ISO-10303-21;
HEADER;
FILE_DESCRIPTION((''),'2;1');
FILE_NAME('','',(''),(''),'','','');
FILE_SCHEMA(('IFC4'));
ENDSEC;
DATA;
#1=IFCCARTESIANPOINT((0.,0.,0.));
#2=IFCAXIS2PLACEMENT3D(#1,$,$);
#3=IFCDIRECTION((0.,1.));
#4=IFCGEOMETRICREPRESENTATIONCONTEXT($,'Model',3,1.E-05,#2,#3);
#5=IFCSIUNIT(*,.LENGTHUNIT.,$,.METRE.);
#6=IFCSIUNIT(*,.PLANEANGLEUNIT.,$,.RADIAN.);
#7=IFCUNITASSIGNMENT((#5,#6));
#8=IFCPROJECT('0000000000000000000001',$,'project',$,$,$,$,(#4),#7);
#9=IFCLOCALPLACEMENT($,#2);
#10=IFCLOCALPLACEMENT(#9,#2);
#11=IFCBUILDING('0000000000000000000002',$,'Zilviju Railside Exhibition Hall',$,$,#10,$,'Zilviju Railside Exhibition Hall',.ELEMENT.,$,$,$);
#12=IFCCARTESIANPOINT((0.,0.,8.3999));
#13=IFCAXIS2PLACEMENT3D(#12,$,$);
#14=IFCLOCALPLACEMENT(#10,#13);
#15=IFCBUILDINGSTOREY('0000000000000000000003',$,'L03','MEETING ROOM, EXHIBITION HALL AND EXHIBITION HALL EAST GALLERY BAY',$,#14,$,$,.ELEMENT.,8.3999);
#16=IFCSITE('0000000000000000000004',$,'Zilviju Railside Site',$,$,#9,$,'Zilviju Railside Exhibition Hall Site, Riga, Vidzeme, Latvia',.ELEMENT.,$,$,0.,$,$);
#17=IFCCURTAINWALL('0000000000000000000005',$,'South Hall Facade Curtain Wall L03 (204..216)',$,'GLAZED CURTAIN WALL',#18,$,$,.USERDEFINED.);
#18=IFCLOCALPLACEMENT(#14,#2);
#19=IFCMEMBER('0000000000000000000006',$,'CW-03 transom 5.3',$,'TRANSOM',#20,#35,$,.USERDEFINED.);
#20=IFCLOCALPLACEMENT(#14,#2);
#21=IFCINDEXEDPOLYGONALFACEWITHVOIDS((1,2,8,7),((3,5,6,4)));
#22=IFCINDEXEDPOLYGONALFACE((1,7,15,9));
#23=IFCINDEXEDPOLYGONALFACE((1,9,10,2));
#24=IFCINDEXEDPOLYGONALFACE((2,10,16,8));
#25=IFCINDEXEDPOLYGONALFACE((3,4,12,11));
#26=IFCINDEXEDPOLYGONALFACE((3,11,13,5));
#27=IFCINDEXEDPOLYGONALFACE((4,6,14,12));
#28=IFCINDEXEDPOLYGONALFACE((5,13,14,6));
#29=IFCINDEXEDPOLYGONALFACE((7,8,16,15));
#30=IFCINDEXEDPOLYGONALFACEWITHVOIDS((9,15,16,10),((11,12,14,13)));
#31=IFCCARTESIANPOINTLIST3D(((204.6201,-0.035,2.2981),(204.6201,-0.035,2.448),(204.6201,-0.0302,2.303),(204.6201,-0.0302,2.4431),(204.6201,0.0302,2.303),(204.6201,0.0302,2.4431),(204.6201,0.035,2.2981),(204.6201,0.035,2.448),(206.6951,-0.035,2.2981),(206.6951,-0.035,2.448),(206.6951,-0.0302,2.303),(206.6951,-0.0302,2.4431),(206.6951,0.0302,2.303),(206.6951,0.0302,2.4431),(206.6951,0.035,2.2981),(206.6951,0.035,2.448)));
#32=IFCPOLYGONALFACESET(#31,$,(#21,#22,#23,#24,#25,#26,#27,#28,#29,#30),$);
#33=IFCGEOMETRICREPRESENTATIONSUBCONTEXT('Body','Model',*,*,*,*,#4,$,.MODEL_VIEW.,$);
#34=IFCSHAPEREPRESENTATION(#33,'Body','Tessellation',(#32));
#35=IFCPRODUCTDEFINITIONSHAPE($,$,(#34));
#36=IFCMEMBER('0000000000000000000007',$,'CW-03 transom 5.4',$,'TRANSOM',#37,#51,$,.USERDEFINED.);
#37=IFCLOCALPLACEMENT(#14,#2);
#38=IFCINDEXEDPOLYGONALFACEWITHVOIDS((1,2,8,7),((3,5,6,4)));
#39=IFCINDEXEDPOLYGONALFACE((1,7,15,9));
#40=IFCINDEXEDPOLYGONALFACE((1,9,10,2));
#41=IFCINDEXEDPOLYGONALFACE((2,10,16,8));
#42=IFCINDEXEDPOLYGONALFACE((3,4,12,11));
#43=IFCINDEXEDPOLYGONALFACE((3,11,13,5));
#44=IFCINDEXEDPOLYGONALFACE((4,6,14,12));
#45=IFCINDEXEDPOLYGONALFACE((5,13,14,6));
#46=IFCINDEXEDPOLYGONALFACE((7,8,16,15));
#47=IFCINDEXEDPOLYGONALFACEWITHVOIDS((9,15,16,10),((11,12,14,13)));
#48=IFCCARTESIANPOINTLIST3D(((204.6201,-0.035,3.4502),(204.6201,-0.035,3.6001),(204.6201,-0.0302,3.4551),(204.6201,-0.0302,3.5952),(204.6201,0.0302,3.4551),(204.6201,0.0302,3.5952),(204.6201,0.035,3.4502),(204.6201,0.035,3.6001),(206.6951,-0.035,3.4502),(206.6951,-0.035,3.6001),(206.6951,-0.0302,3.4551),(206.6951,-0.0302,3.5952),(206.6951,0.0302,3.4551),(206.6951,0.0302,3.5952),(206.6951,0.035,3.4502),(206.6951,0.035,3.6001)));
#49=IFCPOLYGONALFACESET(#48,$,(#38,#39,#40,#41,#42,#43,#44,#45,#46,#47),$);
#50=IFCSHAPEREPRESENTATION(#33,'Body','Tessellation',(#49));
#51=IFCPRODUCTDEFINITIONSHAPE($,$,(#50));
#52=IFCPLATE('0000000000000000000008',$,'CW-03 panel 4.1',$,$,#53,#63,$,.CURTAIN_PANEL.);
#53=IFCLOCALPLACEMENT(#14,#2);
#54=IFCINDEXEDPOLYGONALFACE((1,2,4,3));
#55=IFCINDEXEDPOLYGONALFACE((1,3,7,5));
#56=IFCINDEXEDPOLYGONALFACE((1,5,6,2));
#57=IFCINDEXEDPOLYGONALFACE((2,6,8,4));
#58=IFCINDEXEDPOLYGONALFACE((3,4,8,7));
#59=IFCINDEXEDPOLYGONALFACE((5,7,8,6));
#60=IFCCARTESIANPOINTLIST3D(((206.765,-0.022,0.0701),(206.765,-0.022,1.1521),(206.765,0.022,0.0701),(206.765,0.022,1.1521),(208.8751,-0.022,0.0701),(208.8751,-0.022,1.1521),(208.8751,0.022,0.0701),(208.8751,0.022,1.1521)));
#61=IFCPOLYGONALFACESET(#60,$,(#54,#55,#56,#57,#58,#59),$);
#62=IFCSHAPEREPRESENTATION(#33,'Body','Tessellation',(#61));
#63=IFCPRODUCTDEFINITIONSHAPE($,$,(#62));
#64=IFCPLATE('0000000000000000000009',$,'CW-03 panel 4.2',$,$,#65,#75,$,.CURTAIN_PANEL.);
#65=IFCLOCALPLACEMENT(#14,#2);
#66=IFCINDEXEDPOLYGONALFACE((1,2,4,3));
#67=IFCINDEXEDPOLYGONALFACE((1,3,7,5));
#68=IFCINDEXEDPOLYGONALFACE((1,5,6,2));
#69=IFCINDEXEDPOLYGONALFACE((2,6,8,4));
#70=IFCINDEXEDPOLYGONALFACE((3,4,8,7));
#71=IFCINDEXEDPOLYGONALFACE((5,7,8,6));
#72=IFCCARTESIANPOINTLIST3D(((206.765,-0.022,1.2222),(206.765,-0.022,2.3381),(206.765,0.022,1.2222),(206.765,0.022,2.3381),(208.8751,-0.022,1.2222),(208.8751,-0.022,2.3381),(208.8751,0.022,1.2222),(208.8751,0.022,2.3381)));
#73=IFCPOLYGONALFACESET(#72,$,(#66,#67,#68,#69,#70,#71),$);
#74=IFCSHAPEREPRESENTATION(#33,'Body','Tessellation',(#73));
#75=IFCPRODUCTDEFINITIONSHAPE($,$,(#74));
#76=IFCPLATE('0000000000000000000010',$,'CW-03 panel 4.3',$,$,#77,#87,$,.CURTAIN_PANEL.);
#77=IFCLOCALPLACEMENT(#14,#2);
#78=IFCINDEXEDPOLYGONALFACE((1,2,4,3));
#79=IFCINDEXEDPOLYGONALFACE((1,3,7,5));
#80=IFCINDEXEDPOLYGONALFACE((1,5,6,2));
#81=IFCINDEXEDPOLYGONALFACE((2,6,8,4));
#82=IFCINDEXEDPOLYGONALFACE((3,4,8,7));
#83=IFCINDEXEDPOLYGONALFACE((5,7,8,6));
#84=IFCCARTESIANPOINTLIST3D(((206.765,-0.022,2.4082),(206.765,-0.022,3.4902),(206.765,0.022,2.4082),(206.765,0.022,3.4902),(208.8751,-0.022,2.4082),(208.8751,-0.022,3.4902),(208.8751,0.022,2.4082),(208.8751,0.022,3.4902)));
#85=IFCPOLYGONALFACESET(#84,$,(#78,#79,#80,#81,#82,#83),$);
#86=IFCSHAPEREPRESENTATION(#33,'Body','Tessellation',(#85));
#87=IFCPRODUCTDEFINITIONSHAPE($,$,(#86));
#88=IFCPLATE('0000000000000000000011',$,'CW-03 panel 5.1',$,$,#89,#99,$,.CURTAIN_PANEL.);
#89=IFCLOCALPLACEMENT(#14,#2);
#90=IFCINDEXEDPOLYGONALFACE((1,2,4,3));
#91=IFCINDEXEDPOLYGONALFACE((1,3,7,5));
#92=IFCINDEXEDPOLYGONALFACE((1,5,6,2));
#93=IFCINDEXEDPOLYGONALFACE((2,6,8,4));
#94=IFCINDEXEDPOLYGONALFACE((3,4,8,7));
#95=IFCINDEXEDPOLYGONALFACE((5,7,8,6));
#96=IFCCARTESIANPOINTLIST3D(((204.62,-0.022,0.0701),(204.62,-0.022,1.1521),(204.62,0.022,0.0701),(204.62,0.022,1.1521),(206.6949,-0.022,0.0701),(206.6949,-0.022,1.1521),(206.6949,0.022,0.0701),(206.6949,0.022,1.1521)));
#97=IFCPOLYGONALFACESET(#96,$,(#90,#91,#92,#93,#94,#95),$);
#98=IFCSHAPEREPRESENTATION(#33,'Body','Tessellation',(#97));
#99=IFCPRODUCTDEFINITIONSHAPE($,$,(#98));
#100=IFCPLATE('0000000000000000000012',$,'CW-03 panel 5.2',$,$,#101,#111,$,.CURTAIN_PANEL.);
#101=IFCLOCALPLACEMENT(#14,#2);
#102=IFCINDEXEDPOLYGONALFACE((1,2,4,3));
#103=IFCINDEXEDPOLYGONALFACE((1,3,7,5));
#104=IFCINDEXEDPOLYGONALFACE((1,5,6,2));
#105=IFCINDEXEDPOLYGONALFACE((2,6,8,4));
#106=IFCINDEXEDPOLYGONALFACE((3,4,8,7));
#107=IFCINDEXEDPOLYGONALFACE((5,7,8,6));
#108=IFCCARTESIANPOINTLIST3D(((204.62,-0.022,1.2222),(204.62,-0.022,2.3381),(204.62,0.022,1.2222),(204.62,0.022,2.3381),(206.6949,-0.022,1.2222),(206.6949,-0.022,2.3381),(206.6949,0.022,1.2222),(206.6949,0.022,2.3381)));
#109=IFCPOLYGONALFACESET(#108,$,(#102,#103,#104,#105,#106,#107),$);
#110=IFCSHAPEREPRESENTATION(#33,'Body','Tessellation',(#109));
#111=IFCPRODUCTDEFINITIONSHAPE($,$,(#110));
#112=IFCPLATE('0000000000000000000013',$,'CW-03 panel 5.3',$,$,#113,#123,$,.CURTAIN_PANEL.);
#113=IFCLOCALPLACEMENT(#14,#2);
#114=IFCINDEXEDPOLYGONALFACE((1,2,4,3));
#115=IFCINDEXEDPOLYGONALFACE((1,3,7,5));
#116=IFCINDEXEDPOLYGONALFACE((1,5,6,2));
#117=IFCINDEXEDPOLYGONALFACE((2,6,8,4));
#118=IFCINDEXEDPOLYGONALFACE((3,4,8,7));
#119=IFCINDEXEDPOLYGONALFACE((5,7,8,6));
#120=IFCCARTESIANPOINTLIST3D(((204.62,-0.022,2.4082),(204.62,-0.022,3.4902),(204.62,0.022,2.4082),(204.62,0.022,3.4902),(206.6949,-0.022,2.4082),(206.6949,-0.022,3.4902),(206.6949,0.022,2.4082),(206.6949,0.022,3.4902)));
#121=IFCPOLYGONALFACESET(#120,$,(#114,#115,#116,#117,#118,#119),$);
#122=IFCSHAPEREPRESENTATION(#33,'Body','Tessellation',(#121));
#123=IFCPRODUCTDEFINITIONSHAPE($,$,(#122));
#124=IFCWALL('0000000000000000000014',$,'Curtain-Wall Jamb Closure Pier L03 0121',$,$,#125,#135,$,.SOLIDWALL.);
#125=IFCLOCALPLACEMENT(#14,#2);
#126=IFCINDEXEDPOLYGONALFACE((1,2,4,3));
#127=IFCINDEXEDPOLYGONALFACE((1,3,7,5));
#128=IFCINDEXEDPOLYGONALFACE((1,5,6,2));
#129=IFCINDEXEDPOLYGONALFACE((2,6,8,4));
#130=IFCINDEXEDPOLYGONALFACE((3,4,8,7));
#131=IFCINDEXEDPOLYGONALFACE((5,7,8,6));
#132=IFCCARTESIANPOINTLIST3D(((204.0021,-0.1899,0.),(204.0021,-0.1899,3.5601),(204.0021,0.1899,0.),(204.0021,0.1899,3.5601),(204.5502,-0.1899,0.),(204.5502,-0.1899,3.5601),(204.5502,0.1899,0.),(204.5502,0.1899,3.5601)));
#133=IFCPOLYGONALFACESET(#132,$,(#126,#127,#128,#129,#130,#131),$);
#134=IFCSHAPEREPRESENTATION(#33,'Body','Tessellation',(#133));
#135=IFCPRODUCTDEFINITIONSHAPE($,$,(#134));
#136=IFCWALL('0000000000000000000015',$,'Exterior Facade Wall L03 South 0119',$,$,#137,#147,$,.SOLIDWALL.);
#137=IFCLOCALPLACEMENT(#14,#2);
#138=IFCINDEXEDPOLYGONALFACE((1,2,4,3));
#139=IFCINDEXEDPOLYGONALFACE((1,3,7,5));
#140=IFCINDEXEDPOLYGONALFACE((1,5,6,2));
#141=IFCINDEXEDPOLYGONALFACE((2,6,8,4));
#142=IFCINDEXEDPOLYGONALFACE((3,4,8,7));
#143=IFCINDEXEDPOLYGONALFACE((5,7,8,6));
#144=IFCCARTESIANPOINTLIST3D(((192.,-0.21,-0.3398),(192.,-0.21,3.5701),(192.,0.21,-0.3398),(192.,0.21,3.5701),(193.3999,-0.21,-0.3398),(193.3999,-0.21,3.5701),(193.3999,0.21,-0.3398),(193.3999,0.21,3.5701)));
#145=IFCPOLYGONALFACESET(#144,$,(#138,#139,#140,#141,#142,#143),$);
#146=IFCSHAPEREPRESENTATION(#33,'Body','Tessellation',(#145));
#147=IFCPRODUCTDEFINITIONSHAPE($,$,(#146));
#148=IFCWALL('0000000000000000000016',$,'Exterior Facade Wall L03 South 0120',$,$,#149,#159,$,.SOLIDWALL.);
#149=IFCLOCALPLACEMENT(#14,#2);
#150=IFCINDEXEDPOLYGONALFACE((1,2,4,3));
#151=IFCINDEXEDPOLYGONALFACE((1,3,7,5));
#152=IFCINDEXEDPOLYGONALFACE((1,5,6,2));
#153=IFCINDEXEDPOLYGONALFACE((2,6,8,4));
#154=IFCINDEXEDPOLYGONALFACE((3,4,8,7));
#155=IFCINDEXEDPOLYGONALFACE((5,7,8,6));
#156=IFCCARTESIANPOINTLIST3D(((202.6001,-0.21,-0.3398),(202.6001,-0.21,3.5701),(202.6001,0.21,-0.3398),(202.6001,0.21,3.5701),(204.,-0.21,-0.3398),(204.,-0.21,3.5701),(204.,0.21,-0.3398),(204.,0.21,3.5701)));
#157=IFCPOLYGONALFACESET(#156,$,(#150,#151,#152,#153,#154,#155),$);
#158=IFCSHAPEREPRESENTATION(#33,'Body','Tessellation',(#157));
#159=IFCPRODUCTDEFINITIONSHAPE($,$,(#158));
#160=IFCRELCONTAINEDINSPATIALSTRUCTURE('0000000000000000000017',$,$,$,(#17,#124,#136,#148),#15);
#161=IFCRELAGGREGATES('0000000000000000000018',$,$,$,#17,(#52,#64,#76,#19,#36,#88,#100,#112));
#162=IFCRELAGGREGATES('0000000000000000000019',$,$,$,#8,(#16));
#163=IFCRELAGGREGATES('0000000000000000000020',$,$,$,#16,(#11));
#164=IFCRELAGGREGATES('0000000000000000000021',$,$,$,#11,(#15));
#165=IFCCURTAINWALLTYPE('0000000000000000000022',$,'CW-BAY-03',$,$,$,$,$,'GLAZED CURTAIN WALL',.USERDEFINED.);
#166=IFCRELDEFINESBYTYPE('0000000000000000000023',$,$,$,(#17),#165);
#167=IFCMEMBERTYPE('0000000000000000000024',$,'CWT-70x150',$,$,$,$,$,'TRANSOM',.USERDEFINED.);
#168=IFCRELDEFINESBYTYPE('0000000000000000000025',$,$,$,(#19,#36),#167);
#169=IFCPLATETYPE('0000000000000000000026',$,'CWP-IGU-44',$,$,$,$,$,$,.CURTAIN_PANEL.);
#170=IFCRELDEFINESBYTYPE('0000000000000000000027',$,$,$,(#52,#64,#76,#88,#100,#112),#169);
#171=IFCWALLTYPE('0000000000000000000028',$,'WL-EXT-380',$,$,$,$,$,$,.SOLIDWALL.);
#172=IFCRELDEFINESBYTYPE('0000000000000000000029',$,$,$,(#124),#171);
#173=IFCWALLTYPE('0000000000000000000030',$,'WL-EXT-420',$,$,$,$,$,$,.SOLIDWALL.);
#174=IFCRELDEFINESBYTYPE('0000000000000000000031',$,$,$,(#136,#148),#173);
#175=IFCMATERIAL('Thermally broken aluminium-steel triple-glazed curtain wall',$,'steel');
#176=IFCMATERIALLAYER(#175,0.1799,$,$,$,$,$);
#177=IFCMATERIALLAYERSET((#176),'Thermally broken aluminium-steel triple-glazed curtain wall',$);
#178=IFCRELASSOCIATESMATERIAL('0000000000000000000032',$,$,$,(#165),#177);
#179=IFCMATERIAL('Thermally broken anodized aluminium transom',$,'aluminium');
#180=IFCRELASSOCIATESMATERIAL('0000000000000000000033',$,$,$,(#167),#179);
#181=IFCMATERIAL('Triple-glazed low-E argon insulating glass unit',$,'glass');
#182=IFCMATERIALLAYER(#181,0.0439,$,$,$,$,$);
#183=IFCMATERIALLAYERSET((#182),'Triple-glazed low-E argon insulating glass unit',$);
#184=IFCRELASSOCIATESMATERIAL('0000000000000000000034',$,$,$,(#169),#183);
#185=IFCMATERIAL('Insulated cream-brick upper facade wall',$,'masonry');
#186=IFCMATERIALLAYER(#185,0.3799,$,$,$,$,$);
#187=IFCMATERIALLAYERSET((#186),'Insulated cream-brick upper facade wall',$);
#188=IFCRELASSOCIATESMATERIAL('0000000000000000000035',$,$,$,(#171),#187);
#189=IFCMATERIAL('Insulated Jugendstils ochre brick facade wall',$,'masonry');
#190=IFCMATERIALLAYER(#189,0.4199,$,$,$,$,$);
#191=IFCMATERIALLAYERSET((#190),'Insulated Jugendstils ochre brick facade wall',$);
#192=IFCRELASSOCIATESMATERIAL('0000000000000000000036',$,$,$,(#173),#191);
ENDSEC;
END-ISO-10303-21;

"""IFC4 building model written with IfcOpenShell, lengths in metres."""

from ifc_helpers import new_model, si_unit, direction, frame, frame_2d, origin, origin_2d, place, context, subcontext, project, spatial, rectangle, hollow_rectangle, extrude, material, layer, layer_set, material_profile, profile_set, type_object, element, aggregate, save


model = new_model("IFC4")

# Units and contexts
model_context = context("Model", 3, precision=1e-05, world=origin(), true_north=direction((0.0, 1.0)))
body_context = subcontext(model_context, "Body", "Model", "MODEL_VIEW")
ifc_project = project(units=[si_unit("LENGTHUNIT", "METRE"), si_unit("PLANEANGLEUNIT", "RADIAN")], contexts=[model_context])

# Site, building, storey
site_placement = place(None, origin())
site = spatial("IfcSite", under=ifc_project, at=site_placement, Name="Zilviju Railside Site", LongName="Zilviju Railside Exhibition Hall Site, Riga, Vidzeme, Latvia", CompositionType="ELEMENT", RefElevation=0.0)
building_placement = place(site_placement, origin())
building = spatial("IfcBuilding", under=site, at=building_placement, Name="Zilviju Railside Exhibition Hall", LongName="Zilviju Railside Exhibition Hall", CompositionType="ELEMENT")
storey_placement = place(building_placement, frame((0.0, 0.0, 8.3999)))
storey = spatial("IfcBuildingStorey", under=building, at=storey_placement, Name="L03", Description="MEETING ROOM, EXHIBITION HALL AND EXHIBITION HALL EAST GALLERY BAY", CompositionType="ELEMENT", Elevation=8.3999)

# Curtain wall, members, plates
ifc_material_1 = material(Name="Thermally broken aluminium-steel triple-glazed curtain wall", Category="steel")
ifc_layer_1 = layer(ifc_material_1, 0.1799)
ifc_layer_set_1 = layer_set([ifc_layer_1], Name="Thermally broken aluminium-steel triple-glazed curtain wall")
curtain_wall_type = type_object("IfcCurtainWallType", Name="CW-BAY-03", ElementType="GLAZED CURTAIN WALL", PredefinedType="USERDEFINED", material=ifc_layer_set_1)
curtain_wall_placement = place(storey_placement, origin())
curtain_wall = element("IfcCurtainWall", 1, at=curtain_wall_placement, inside=storey, type_object=curtain_wall_type, Name="South Hall Facade Curtain Wall L03 (204..216)", ObjectType="GLAZED CURTAIN WALL", PredefinedType="USERDEFINED")
ifc_material_2 = material(Name="Thermally broken anodized aluminium transom", Category="aluminium")
ifc_material_profile_1 = material_profile(ifc_material_2, hollow_rectangle(XDim=0.0701, YDim=0.1499, WallThickness=0.0049, at=origin_2d()), Name="TRANSOM 150x70x5")
ifc_profile_set_1 = profile_set([ifc_material_profile_1], Name="Thermally broken anodized aluminium transom")
member_type_1 = type_object("IfcMemberType", Name="CWT-70x150", ElementType="TRANSOM", PredefinedType="USERDEFINED", material=ifc_profile_set_1)
member_1_placement = place(storey_placement, frame((206.6951, 0.0, 2.373), z_axis=(-1.0, 0.0, 0.0), x_axis=(0.0, -1.0, 0.0)))
member_1 = element("IfcMember", 2, at=member_1_placement, type_object=member_type_1, Name="CW-03 transom 5.3", ObjectType="TRANSOM", PredefinedType="USERDEFINED", context=body_context, shape_type="SweptSolid", body=[
    extrude(hollow_rectangle(XDim=0.0701, YDim=0.1499, WallThickness=0.0049, at=origin_2d()), origin(), (0.0, 0.0, 1.0), 2.075),
])
member_2_placement = place(storey_placement, frame((206.6951, 0.0, 3.5251), z_axis=(-1.0, 0.0, 0.0), x_axis=(0.0, -1.0, 0.0)))
member_2 = element("IfcMember", 3, at=member_2_placement, type_object=member_type_1, Name="CW-03 transom 5.4", ObjectType="TRANSOM", PredefinedType="USERDEFINED", context=body_context, shape_type="SweptSolid", body=[
    extrude(hollow_rectangle(XDim=0.0701, YDim=0.1499, WallThickness=0.0049, at=origin_2d()), origin(), (0.0, 0.0, 1.0), 2.075),
])
ifc_material_3 = material(Name="Triple-glazed low-E argon insulating glass unit", Category="glass")
ifc_layer_2 = layer(ifc_material_3, 0.0439)
ifc_layer_set_2 = layer_set([ifc_layer_2], Name="Triple-glazed low-E argon insulating glass unit")
plate_type = type_object("IfcPlateType", Name="CWP-IGU-44", PredefinedType="CURTAIN_PANEL", material=ifc_layer_set_2)
plate_1_placement = place(storey_placement, frame((207.8201, 0.0, 0.0701), z_axis=(0.0, 0.0, 1.0), x_axis=(-1.0, 0.0, 0.0)))
plate_1 = element("IfcPlate", 4, at=plate_1_placement, type_object=plate_type, Name="CW-03 panel 4.1", PredefinedType="CURTAIN_PANEL", context=body_context, shape_type="SweptSolid", body=[
    extrude(rectangle(XDim=2.1101, YDim=0.0439, at=origin_2d()), origin(), (0.0, 0.0, 1.0), 1.082),
])
plate_2_placement = place(storey_placement, frame((207.8201, 0.0, 1.2222), z_axis=(0.0, 0.0, 1.0), x_axis=(-1.0, 0.0, 0.0)))
plate_2 = element("IfcPlate", 5, at=plate_2_placement, type_object=plate_type, Name="CW-03 panel 4.2", PredefinedType="CURTAIN_PANEL", context=body_context, shape_type="SweptSolid", body=[
    extrude(rectangle(XDim=2.1101, YDim=0.0439, at=origin_2d()), origin(), (0.0, 0.0, 1.0), 1.116),
])
plate_3_placement = place(storey_placement, frame((207.8201, 0.0, 2.4082), z_axis=(0.0, 0.0, 1.0), x_axis=(-1.0, 0.0, 0.0)))
plate_3 = element("IfcPlate", 6, at=plate_3_placement, type_object=plate_type, Name="CW-03 panel 4.3", PredefinedType="CURTAIN_PANEL", context=body_context, shape_type="SweptSolid", body=[
    extrude(rectangle(XDim=2.1101, YDim=0.0439, at=origin_2d()), origin(), (0.0, 0.0, 1.0), 1.082),
])
plate_4_placement = place(storey_placement, frame((205.6575, 0.0, 0.0701), z_axis=(0.0, 0.0, 1.0), x_axis=(-1.0, 0.0, 0.0)))
plate_4 = element("IfcPlate", 7, at=plate_4_placement, type_object=plate_type, Name="CW-03 panel 5.1", PredefinedType="CURTAIN_PANEL", context=body_context, shape_type="SweptSolid", body=[
    extrude(rectangle(XDim=2.075, YDim=0.0439, at=origin_2d()), origin(), (0.0, 0.0, 1.0), 1.082),
])
plate_5_placement = place(storey_placement, frame((205.6575, 0.0, 1.2222), z_axis=(0.0, 0.0, 1.0), x_axis=(-1.0, 0.0, 0.0)))
plate_5 = element("IfcPlate", 8, at=plate_5_placement, type_object=plate_type, Name="CW-03 panel 5.2", PredefinedType="CURTAIN_PANEL", context=body_context, shape_type="SweptSolid", body=[
    extrude(rectangle(XDim=2.075, YDim=0.0439, at=origin_2d()), origin(), (0.0, 0.0, 1.0), 1.116),
])
plate_6_placement = place(storey_placement, frame((205.6575, 0.0, 2.4082), z_axis=(0.0, 0.0, 1.0), x_axis=(-1.0, 0.0, 0.0)))
plate_6 = element("IfcPlate", 9, at=plate_6_placement, type_object=plate_type, Name="CW-03 panel 5.3", PredefinedType="CURTAIN_PANEL", context=body_context, shape_type="SweptSolid", body=[
    extrude(rectangle(XDim=2.075, YDim=0.0439, at=origin_2d()), origin(), (0.0, 0.0, 1.0), 1.082),
])
aggregate(curtain_wall, [plate_1, plate_2, plate_3, member_1, member_2, plate_4, plate_5, plate_6])

# Walls
ifc_material_4 = material(Name="Insulated cream-brick upper facade wall", Category="masonry")
ifc_layer_3 = layer(ifc_material_4, 0.3799)
ifc_layer_set_3 = layer_set([ifc_layer_3], Name="Insulated cream-brick upper facade wall")
wall_type_1 = type_object("IfcWallType", Name="WL-EXT-380", PredefinedType="SOLIDWALL", material=ifc_layer_set_3)
wall_placement = place(storey_placement, frame((204.55, 0.0, 0.0), z_axis=(0.0, 0.0, 1.0), x_axis=(-1.0, 0.0, 0.0)))
element("IfcWall", 10, at=wall_placement, inside=storey, type_object=wall_type_1, Name="Curtain-Wall Jamb Closure Pier L03 0121", PredefinedType="SOLIDWALL", context=body_context, shape_type="SweptSolid", body=[
    extrude(rectangle(XDim=0.5481, YDim=0.3799, at=frame_2d((0.2739, 0.0))), origin(), (0.0, 0.0, 1.0), 3.5601),
])
ifc_material_5 = material(Name="Insulated Jugendstils ochre brick facade wall", Category="masonry")
ifc_layer_4 = layer(ifc_material_5, 0.4199)
ifc_layer_set_4 = layer_set([ifc_layer_4], Name="Insulated Jugendstils ochre brick facade wall")
wall_type_2 = type_object("IfcWallType", Name="WL-EXT-420", PredefinedType="SOLIDWALL", material=ifc_layer_set_4)
for number, where, z_axis, x_axis, name in (
    (11, (193.3999, 0.0, -0.3398), (0.0, 0.0, 1.0), (-1.0, 0.0, 0.0), "Exterior Facade Wall L03 South 0119"),
    (12, (204.0, 0.0, -0.3398), (0.0, 0.0, 1.0), (-1.0, 0.0, 0.0), "Exterior Facade Wall L03 South 0120"),
):
    element("IfcWall", number, at=place(storey_placement, frame(where, z_axis=z_axis, x_axis=x_axis)), inside=storey, type_object=wall_type_2, Name=name, PredefinedType="SOLIDWALL", context=body_context, shape_type="SweptSolid", body=[
        extrude(rectangle(XDim=1.3999, YDim=0.4199, at=frame_2d((0.7, 0.0))), origin(), (0.0, 0.0, 1.0), 3.9099),
    ])

save(model, "model.ifc")
